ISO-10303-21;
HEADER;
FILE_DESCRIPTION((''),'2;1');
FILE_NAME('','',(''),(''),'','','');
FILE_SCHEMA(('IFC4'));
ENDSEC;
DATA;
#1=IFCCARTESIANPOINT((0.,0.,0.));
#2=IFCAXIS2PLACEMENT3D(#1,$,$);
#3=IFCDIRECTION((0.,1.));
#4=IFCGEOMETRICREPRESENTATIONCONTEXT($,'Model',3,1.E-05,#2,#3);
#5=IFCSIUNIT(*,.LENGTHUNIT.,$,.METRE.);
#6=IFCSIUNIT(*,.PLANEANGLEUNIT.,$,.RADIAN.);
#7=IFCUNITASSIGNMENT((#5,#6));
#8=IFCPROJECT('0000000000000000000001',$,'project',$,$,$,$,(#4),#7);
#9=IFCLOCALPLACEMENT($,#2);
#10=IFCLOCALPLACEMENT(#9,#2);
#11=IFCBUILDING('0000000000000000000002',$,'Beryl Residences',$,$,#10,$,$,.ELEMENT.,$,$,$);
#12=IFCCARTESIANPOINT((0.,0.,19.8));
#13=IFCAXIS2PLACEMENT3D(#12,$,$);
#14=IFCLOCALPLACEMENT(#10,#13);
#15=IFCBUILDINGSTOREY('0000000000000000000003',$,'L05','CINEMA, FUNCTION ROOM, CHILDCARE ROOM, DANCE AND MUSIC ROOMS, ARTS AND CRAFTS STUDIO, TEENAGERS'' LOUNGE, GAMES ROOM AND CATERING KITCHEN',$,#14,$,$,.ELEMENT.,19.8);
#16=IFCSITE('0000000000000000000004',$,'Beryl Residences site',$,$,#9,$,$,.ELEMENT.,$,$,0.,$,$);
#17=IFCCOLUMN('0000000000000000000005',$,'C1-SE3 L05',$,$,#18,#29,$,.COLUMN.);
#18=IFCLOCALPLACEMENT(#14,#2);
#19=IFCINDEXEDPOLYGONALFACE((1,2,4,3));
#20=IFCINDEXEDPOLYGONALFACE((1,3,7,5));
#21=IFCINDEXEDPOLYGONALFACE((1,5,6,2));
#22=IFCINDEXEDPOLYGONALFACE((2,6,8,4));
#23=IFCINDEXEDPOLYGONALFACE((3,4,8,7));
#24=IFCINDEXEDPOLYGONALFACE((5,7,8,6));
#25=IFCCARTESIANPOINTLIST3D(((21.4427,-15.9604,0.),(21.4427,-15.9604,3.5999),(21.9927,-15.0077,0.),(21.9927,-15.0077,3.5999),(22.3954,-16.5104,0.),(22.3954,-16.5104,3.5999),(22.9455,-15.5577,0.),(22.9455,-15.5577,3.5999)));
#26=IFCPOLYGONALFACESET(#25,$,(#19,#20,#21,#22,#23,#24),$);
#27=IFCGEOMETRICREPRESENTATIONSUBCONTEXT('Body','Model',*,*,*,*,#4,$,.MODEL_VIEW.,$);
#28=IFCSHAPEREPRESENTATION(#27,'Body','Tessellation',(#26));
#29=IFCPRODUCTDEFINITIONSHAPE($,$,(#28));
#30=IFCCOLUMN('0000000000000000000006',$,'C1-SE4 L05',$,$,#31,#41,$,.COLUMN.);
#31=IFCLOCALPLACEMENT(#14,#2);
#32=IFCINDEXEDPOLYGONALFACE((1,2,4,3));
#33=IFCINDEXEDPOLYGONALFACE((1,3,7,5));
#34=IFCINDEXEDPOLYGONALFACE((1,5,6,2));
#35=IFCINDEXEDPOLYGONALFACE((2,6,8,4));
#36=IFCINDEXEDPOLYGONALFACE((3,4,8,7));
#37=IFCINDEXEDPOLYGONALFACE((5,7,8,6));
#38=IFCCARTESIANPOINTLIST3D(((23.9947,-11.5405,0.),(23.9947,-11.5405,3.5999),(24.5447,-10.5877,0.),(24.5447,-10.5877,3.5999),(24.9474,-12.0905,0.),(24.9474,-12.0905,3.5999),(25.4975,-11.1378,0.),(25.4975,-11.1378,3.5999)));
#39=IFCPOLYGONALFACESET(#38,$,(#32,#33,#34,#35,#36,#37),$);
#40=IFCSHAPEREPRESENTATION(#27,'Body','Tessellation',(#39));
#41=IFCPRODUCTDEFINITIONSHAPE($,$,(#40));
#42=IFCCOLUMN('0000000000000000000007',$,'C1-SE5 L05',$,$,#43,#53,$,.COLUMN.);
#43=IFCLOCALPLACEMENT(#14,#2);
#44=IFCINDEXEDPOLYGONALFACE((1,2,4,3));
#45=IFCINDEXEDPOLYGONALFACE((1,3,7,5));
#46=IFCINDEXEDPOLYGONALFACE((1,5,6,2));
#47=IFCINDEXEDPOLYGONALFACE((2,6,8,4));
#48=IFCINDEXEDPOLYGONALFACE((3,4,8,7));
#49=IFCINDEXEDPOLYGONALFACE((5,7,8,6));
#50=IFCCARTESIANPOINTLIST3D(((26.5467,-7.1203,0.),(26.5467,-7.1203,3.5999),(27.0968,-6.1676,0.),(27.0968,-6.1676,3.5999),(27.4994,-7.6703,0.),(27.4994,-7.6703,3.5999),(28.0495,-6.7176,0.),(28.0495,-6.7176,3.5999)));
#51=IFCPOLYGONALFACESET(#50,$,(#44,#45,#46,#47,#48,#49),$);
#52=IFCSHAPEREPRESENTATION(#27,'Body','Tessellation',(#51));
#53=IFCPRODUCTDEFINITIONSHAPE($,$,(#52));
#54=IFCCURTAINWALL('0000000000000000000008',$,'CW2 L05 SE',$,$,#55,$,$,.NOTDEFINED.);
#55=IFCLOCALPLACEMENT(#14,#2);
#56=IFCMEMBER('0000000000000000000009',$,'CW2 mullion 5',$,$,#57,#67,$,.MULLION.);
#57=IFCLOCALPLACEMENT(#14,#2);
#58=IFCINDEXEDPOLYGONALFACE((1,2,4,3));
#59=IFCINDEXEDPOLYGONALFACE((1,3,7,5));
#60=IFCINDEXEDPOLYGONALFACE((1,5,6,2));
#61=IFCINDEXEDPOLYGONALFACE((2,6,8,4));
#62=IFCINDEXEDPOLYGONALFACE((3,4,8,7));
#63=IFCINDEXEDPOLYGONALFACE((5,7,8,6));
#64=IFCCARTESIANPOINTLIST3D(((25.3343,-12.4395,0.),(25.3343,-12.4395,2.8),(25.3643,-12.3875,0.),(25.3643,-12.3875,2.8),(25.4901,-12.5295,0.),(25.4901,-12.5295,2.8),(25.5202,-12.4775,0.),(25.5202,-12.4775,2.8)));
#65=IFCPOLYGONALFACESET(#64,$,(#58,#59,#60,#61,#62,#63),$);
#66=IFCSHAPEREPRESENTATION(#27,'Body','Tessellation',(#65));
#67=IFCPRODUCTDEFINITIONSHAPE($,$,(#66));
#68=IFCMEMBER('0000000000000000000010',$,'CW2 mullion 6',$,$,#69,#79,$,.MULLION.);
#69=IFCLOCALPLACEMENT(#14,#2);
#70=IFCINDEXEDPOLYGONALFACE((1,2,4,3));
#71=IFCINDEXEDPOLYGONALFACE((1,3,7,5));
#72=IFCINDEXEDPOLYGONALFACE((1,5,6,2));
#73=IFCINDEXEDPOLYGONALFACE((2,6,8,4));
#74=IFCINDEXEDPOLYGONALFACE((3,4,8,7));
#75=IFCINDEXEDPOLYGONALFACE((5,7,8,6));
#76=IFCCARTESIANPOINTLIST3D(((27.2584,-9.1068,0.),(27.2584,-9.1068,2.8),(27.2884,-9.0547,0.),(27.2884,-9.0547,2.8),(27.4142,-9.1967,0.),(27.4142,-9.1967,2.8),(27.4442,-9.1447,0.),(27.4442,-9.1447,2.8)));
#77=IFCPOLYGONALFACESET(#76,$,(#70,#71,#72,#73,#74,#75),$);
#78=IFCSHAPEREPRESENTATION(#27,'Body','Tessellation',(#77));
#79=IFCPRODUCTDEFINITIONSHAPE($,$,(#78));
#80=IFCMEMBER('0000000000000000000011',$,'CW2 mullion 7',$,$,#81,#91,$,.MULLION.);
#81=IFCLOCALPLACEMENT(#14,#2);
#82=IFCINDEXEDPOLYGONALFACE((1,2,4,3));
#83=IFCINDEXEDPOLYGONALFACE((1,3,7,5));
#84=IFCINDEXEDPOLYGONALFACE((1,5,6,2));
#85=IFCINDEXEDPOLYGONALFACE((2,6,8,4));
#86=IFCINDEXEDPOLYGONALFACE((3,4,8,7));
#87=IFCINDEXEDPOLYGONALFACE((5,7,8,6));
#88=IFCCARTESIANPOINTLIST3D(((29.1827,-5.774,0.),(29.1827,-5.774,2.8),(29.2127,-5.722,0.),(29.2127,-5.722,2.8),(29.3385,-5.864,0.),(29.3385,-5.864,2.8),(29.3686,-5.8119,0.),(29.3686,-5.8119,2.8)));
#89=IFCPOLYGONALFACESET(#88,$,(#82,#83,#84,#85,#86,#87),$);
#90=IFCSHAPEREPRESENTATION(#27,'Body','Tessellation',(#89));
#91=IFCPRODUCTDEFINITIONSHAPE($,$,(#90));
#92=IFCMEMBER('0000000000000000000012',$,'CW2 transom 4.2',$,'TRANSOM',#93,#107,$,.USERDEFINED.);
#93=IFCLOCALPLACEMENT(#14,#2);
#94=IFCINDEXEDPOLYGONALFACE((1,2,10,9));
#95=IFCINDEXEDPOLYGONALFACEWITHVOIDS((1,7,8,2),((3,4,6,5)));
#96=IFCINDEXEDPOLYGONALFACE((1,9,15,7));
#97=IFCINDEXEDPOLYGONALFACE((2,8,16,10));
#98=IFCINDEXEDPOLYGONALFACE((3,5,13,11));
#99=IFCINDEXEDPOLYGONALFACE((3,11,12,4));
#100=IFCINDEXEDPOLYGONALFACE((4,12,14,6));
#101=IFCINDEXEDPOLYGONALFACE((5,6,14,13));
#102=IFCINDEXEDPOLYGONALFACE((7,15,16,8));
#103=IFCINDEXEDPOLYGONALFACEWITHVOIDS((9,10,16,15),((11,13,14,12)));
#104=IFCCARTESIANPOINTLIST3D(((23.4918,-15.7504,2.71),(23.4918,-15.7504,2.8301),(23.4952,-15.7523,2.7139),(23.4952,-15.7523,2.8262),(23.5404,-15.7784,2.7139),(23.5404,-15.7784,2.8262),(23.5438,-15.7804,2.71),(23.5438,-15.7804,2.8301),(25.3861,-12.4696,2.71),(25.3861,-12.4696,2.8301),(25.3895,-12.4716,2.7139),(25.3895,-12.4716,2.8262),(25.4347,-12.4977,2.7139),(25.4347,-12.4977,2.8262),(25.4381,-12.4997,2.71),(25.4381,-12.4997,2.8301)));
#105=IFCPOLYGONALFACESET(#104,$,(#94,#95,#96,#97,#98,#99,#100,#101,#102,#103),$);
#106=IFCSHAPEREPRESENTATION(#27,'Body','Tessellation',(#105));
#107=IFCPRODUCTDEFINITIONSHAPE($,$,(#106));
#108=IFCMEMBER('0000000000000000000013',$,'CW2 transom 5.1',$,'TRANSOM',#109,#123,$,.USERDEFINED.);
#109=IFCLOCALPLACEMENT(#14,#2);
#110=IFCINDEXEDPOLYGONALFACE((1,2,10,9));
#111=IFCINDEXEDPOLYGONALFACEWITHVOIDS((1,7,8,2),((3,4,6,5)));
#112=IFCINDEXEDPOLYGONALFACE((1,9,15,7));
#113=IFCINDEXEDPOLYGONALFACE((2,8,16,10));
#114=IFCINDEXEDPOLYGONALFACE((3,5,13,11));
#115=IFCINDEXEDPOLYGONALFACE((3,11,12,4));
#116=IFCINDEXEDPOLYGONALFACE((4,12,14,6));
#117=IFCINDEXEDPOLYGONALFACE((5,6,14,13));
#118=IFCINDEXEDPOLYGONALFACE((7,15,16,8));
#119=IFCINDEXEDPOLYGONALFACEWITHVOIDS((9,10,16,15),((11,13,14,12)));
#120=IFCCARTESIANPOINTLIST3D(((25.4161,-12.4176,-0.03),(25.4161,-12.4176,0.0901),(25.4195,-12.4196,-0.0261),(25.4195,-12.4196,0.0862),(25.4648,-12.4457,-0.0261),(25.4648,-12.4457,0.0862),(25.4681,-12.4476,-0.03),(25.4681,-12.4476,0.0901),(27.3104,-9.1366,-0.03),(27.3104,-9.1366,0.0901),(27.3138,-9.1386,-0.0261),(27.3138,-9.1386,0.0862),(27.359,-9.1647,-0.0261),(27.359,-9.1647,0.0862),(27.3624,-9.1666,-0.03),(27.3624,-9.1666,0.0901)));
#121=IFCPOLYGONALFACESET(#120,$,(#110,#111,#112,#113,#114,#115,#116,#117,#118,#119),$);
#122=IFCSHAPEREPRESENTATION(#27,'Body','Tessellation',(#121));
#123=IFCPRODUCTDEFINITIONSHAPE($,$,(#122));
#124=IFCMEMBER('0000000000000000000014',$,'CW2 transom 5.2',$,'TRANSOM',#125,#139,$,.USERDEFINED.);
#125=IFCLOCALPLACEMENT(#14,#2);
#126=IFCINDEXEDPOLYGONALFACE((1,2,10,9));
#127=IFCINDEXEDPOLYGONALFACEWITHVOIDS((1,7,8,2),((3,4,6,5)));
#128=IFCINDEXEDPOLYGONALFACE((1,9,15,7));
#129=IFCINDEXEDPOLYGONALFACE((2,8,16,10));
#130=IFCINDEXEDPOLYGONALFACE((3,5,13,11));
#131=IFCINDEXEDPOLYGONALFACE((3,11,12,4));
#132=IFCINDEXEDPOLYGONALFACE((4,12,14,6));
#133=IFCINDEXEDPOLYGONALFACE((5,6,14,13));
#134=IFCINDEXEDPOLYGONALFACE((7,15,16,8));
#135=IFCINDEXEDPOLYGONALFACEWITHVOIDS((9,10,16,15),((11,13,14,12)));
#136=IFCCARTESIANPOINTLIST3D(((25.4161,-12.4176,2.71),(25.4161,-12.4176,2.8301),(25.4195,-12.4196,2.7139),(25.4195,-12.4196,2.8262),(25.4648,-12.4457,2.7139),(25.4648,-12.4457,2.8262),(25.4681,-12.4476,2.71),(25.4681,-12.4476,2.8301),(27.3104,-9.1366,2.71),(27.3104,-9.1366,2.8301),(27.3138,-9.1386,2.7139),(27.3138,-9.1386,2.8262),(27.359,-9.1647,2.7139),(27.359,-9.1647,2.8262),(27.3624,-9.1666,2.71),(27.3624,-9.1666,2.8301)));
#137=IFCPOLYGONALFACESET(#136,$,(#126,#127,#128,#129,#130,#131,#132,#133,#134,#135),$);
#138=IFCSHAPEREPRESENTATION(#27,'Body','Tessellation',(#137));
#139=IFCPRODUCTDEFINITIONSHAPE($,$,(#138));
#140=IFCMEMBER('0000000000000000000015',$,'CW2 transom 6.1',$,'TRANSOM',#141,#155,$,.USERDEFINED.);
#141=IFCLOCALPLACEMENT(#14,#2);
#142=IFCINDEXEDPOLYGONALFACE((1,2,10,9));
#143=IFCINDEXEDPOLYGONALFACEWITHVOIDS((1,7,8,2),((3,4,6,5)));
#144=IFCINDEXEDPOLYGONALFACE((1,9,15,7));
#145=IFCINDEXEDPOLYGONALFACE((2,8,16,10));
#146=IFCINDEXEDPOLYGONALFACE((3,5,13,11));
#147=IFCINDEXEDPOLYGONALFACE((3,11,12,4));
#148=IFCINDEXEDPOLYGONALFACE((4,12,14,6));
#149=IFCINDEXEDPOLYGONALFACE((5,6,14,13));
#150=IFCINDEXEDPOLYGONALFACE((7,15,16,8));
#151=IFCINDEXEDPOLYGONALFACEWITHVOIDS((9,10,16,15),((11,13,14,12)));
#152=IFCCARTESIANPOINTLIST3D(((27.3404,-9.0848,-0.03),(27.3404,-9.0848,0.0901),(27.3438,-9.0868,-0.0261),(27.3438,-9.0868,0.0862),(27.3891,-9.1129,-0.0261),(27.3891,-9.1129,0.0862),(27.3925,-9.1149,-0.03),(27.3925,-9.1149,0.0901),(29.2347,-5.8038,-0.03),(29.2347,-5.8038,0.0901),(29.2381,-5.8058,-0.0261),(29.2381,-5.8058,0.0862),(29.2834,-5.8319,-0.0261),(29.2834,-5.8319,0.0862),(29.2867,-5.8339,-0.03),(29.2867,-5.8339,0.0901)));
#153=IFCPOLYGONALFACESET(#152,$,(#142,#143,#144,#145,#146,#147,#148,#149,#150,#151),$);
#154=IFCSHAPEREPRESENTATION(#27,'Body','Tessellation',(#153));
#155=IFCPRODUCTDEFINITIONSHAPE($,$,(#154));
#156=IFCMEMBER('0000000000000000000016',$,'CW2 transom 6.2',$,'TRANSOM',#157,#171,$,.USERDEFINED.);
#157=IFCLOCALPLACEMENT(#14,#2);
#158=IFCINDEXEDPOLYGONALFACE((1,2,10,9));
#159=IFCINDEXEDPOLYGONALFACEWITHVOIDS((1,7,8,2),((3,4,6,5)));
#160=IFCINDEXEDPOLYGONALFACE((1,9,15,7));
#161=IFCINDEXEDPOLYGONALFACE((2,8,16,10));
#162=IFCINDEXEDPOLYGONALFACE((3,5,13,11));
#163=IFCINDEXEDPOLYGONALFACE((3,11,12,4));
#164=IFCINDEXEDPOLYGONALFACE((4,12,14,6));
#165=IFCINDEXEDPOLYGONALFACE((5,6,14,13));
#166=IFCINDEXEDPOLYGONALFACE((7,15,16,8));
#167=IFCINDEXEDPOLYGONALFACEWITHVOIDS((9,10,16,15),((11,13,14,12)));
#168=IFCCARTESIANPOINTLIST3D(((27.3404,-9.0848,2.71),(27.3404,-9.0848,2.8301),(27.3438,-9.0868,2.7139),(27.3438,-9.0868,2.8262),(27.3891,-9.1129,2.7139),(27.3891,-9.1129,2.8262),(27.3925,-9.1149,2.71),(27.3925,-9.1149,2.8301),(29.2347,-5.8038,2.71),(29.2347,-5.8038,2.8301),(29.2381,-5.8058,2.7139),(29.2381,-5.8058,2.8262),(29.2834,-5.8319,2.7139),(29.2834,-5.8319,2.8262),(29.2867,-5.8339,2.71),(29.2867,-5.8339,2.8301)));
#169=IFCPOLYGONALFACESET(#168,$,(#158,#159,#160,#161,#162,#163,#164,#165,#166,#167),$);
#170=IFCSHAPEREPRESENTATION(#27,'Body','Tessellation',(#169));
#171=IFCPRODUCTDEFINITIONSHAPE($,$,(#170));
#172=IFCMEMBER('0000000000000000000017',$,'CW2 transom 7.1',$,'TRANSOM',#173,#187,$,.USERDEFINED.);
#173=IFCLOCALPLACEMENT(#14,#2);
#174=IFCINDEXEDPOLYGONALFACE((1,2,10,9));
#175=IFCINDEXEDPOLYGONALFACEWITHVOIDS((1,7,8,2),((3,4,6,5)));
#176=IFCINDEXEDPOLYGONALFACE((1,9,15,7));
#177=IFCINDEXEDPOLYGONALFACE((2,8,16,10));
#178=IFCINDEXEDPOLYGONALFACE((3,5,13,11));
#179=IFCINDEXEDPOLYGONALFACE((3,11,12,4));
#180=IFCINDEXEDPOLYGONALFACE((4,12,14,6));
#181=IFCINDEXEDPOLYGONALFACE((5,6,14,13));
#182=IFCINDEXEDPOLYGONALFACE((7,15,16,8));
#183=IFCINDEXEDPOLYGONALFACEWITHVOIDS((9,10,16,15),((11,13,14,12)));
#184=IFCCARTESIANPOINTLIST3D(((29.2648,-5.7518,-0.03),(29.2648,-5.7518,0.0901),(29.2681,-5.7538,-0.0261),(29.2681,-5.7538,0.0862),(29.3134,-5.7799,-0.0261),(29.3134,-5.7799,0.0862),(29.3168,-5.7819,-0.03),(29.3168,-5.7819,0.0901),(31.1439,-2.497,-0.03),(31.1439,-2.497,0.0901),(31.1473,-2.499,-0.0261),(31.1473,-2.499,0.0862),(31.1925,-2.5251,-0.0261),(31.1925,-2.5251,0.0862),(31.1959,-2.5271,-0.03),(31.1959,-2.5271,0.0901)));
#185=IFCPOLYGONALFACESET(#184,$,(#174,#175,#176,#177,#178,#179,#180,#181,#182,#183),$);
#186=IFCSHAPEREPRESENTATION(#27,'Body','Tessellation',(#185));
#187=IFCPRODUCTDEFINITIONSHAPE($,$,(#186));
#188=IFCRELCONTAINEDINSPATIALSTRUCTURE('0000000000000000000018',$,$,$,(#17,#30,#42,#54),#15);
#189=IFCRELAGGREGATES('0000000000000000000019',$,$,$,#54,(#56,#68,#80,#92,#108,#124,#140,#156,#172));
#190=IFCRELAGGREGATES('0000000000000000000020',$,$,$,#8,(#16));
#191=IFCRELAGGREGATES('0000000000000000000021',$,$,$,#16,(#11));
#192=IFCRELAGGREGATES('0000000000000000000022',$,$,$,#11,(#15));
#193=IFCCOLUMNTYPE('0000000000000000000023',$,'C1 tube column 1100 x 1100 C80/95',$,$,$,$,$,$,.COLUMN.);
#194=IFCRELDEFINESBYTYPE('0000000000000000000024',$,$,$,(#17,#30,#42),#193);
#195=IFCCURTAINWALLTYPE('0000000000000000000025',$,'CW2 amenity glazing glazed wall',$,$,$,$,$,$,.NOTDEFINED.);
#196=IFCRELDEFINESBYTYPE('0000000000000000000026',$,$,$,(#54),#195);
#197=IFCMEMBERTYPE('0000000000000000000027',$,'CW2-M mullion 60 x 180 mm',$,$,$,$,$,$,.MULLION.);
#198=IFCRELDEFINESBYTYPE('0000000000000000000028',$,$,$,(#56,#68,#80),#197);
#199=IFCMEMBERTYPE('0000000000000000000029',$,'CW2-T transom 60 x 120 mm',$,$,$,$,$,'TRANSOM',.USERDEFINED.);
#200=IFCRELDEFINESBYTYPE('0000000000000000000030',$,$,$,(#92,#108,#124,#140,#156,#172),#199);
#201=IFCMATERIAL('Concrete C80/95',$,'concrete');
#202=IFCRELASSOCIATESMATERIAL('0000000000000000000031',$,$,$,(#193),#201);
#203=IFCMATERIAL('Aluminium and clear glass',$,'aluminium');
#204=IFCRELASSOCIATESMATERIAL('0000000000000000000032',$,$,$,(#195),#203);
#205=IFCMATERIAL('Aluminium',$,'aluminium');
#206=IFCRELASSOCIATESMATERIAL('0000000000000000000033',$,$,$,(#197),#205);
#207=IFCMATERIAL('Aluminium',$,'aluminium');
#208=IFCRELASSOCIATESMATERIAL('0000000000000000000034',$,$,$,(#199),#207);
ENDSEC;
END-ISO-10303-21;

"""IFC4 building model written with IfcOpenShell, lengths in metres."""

from ifc_helpers import new_model, si_unit, direction, frame, origin, origin_2d, place, context, subcontext, project, spatial, rectangle, hollow_rectangle, extrude, material, material_profile, profile_set, type_object, element, aggregate, save


model = new_model("IFC4")

# Units and contexts
model_context = context("Model", 3, precision=1e-05, world=origin(), true_north=direction((0.0, 1.0)))
body_context = subcontext(model_context, "Body", "Model", "MODEL_VIEW")
ifc_project = project(units=[si_unit("LENGTHUNIT", "METRE"), si_unit("PLANEANGLEUNIT", "RADIAN")], contexts=[model_context])

# Site, building, storey
site_placement = place(None, origin())
site = spatial("IfcSite", under=ifc_project, at=site_placement, Name="Beryl Residences site", CompositionType="ELEMENT", RefElevation=0.0)
building_placement = place(site_placement, origin())
building = spatial("IfcBuilding", under=site, at=building_placement, Name="Beryl Residences", CompositionType="ELEMENT")
storey_placement = place(building_placement, frame((0.0, 0.0, 19.8)))
storey = spatial("IfcBuildingStorey", under=building, at=storey_placement, Name="L05", Description="CINEMA, FUNCTION ROOM, CHILDCARE ROOM, DANCE AND MUSIC ROOMS, ARTS AND CRAFTS STUDIO, TEENAGERS' LOUNGE, GAMES ROOM AND CATERING KITCHEN", CompositionType="ELEMENT", Elevation=19.8)

# Columns
ifc_material_1 = material(Name="Concrete C80/95", Category="concrete")
ifc_material_profile_1 = material_profile(ifc_material_1, rectangle(XDim=1.1001, YDim=1.1001, at=origin_2d()))
ifc_profile_set_1 = profile_set([ifc_material_profile_1], Name="Concrete C80/95")
column_type = type_object("IfcColumnType", Name="C1 tube column 1100 x 1100 C80/95", PredefinedType="COLUMN", material=ifc_profile_set_1)
for number, where, z_axis, x_axis, name in (
    (1, (22.1941, -15.759, 0.0), (0.0, 0.0, 1.0), (0.499985, 0.866034, 0.0), "C1-SE3 L05"),
    (2, (24.7461, -11.3391, 0.0), (0.0, 0.0, 1.0), (0.499985, 0.866034, 0.0), "C1-SE4 L05"),
    (3, (27.2981, -6.9189, 0.0), (0.0, 0.0, 1.0), (0.499985, 0.866034, 0.0), "C1-SE5 L05"),
):
    element("IfcColumn", number, at=place(storey_placement, frame(where, z_axis=z_axis, x_axis=x_axis)), inside=storey, type_object=column_type, Name=name, PredefinedType="COLUMN", context=body_context, shape_type="SweptSolid", body=[
        extrude(rectangle(XDim=1.1001, YDim=1.1001, at=origin_2d()), origin(), (0.0, 0.0, 1.0), 3.5999),
    ])

# Curtain wall, members
ifc_material_2 = material(Name="Aluminium and clear glass", Category="aluminium")
curtain_wall_type = type_object("IfcCurtainWallType", Name="CW2 amenity glazing glazed wall", PredefinedType="NOTDEFINED", material=ifc_material_2)
curtain_wall_placement = place(storey_placement, origin())
curtain_wall = element("IfcCurtainWall", 4, at=curtain_wall_placement, inside=storey, type_object=curtain_wall_type, Name="CW2 L05 SE", PredefinedType="NOTDEFINED")
ifc_material_3 = material(Name="Aluminium", Category="aluminium")
ifc_material_profile_2 = material_profile(ifc_material_3, rectangle(XDim=0.0601, YDim=0.1799, at=origin_2d()))
ifc_profile_set_2 = profile_set([ifc_material_profile_2], Name="Aluminium")
member_type_1 = type_object("IfcMemberType", Name="CW2-M mullion 60 x 180 mm", PredefinedType="MULLION", material=ifc_profile_set_2)
member_1_placement = place(storey_placement, frame((25.4272, -12.4585, 0.0), z_axis=(0.0, 0.0, 1.0), x_axis=(0.500012, 0.866019, 0.0)))
member_1 = element("IfcMember", 5, at=member_1_placement, type_object=member_type_1, Name="CW2 mullion 5", PredefinedType="MULLION", context=body_context, shape_type="SweptSolid", body=[
    extrude(rectangle(XDim=0.0601, YDim=0.1799, at=origin_2d()), origin(), (0.0, 0.0, 1.0), 2.8),
])
member_2_placement = place(storey_placement, frame((27.3513, -9.1257, 0.0), z_axis=(0.0, 0.0, 1.0), x_axis=(0.500012, 0.866019, 0.0)))
member_2 = element("IfcMember", 6, at=member_2_placement, type_object=member_type_1, Name="CW2 mullion 6", PredefinedType="MULLION", context=body_context, shape_type="SweptSolid", body=[
    extrude(rectangle(XDim=0.0601, YDim=0.1799, at=origin_2d()), origin(), (0.0, 0.0, 1.0), 2.8),
])
member_3_placement = place(storey_placement, frame((29.2756, -5.793, 0.0), z_axis=(0.0, 0.0, 1.0), x_axis=(0.500012, 0.866019, 0.0)))
member_3 = element("IfcMember", 7, at=member_3_placement, type_object=member_type_1, Name="CW2 mullion 7", PredefinedType="MULLION", context=body_context, shape_type="SweptSolid", body=[
    extrude(rectangle(XDim=0.0601, YDim=0.1799, at=origin_2d()), origin(), (0.0, 0.0, 1.0), 2.8),
])
ifc_material_4 = material(Name="Aluminium", Category="aluminium")
ifc_material_profile_3 = material_profile(ifc_material_4, hollow_rectangle(XDim=0.0601, YDim=0.1201, WallThickness=0.0039, at=origin_2d()))
ifc_profile_set_3 = profile_set([ifc_material_profile_3], Name="Aluminium")
member_type_2 = type_object("IfcMemberType", Name="CW2-T transom 60 x 120 mm", ElementType="TRANSOM", PredefinedType="USERDEFINED", material=ifc_profile_set_3)
member_4_placement = place(storey_placement, frame((23.5178, -15.7654, 2.77), z_axis=(0.500027, 0.86601, 0.0), x_axis=(-0.86601, 0.500027, 0.0)))
member_4 = element("IfcMember", 8, at=member_4_placement, type_object=member_type_2, Name="CW2 transom 4.2", ObjectType="TRANSOM", PredefinedType="USERDEFINED", context=body_context, shape_type="SweptSolid", body=[
    extrude(hollow_rectangle(XDim=0.0601, YDim=0.1201, WallThickness=0.0039, at=origin_2d()), origin(), (0.0, 0.0, 1.0), 3.7883),
])
member_5_placement = place(storey_placement, frame((25.4421, -12.4326, 0.03), z_axis=(0.5, 0.866026, 0.0), x_axis=(-0.866026, 0.5, 0.0)))
member_5 = element("IfcMember", 9, at=member_5_placement, type_object=member_type_2, Name="CW2 transom 5.1", ObjectType="TRANSOM", PredefinedType="USERDEFINED", context=body_context, shape_type="SweptSolid", body=[
    extrude(hollow_rectangle(XDim=0.0601, YDim=0.1201, WallThickness=0.0039, at=origin_2d()), origin(), (0.0, 0.0, 1.0), 3.7886),
])
member_6_placement = place(storey_placement, frame((25.4421, -12.4326, 2.77), z_axis=(0.5, 0.866026, 0.0), x_axis=(-0.866026, 0.5, 0.0)))
member_6 = element("IfcMember", 10, at=member_6_placement, type_object=member_type_2, Name="CW2 transom 5.2", ObjectType="TRANSOM", PredefinedType="USERDEFINED", context=body_context, shape_type="SweptSolid", body=[
    extrude(hollow_rectangle(XDim=0.0601, YDim=0.1201, WallThickness=0.0039, at=origin_2d()), origin(), (0.0, 0.0, 1.0), 3.7886),
])
member_7_placement = place(storey_placement, frame((27.3665, -9.0999, 0.03), z_axis=(0.5, 0.866026, 0.0), x_axis=(-0.866026, 0.5, 0.0)))
member_7 = element("IfcMember", 11, at=member_7_placement, type_object=member_type_2, Name="CW2 transom 6.1", ObjectType="TRANSOM", PredefinedType="USERDEFINED", context=body_context, shape_type="SweptSolid", body=[
    extrude(hollow_rectangle(XDim=0.0601, YDim=0.1201, WallThickness=0.0039, at=origin_2d()), origin(), (0.0, 0.0, 1.0), 3.7886),
])
member_8_placement = place(storey_placement, frame((27.3665, -9.0999, 2.77), z_axis=(0.5, 0.866026, 0.0), x_axis=(-0.866026, 0.5, 0.0)))
member_8 = element("IfcMember", 12, at=member_8_placement, type_object=member_type_2, Name="CW2 transom 6.2", ObjectType="TRANSOM", PredefinedType="USERDEFINED", context=body_context, shape_type="SweptSolid", body=[
    extrude(hollow_rectangle(XDim=0.0601, YDim=0.1201, WallThickness=0.0039, at=origin_2d()), origin(), (0.0, 0.0, 1.0), 3.7886),
])
member_9_placement = place(storey_placement, frame((29.2908, -5.7668, 0.03), z_axis=(0.499989, 0.866032, 0.0), x_axis=(-0.866032, 0.499989, 0.0)))
member_9 = element("IfcMember", 13, at=member_9_placement, type_object=member_type_2, Name="CW2 transom 7.1", ObjectType="TRANSOM", PredefinedType="USERDEFINED", context=body_context, shape_type="SweptSolid", body=[
    extrude(hollow_rectangle(XDim=0.0601, YDim=0.1201, WallThickness=0.0039, at=origin_2d()), origin(), (0.0, 0.0, 1.0), 3.7583),
])

aggregate(curtain_wall, [member_1, member_2, member_3, member_4, member_5, member_6, member_7, member_8, member_9])

save(model, "model.ifc")
